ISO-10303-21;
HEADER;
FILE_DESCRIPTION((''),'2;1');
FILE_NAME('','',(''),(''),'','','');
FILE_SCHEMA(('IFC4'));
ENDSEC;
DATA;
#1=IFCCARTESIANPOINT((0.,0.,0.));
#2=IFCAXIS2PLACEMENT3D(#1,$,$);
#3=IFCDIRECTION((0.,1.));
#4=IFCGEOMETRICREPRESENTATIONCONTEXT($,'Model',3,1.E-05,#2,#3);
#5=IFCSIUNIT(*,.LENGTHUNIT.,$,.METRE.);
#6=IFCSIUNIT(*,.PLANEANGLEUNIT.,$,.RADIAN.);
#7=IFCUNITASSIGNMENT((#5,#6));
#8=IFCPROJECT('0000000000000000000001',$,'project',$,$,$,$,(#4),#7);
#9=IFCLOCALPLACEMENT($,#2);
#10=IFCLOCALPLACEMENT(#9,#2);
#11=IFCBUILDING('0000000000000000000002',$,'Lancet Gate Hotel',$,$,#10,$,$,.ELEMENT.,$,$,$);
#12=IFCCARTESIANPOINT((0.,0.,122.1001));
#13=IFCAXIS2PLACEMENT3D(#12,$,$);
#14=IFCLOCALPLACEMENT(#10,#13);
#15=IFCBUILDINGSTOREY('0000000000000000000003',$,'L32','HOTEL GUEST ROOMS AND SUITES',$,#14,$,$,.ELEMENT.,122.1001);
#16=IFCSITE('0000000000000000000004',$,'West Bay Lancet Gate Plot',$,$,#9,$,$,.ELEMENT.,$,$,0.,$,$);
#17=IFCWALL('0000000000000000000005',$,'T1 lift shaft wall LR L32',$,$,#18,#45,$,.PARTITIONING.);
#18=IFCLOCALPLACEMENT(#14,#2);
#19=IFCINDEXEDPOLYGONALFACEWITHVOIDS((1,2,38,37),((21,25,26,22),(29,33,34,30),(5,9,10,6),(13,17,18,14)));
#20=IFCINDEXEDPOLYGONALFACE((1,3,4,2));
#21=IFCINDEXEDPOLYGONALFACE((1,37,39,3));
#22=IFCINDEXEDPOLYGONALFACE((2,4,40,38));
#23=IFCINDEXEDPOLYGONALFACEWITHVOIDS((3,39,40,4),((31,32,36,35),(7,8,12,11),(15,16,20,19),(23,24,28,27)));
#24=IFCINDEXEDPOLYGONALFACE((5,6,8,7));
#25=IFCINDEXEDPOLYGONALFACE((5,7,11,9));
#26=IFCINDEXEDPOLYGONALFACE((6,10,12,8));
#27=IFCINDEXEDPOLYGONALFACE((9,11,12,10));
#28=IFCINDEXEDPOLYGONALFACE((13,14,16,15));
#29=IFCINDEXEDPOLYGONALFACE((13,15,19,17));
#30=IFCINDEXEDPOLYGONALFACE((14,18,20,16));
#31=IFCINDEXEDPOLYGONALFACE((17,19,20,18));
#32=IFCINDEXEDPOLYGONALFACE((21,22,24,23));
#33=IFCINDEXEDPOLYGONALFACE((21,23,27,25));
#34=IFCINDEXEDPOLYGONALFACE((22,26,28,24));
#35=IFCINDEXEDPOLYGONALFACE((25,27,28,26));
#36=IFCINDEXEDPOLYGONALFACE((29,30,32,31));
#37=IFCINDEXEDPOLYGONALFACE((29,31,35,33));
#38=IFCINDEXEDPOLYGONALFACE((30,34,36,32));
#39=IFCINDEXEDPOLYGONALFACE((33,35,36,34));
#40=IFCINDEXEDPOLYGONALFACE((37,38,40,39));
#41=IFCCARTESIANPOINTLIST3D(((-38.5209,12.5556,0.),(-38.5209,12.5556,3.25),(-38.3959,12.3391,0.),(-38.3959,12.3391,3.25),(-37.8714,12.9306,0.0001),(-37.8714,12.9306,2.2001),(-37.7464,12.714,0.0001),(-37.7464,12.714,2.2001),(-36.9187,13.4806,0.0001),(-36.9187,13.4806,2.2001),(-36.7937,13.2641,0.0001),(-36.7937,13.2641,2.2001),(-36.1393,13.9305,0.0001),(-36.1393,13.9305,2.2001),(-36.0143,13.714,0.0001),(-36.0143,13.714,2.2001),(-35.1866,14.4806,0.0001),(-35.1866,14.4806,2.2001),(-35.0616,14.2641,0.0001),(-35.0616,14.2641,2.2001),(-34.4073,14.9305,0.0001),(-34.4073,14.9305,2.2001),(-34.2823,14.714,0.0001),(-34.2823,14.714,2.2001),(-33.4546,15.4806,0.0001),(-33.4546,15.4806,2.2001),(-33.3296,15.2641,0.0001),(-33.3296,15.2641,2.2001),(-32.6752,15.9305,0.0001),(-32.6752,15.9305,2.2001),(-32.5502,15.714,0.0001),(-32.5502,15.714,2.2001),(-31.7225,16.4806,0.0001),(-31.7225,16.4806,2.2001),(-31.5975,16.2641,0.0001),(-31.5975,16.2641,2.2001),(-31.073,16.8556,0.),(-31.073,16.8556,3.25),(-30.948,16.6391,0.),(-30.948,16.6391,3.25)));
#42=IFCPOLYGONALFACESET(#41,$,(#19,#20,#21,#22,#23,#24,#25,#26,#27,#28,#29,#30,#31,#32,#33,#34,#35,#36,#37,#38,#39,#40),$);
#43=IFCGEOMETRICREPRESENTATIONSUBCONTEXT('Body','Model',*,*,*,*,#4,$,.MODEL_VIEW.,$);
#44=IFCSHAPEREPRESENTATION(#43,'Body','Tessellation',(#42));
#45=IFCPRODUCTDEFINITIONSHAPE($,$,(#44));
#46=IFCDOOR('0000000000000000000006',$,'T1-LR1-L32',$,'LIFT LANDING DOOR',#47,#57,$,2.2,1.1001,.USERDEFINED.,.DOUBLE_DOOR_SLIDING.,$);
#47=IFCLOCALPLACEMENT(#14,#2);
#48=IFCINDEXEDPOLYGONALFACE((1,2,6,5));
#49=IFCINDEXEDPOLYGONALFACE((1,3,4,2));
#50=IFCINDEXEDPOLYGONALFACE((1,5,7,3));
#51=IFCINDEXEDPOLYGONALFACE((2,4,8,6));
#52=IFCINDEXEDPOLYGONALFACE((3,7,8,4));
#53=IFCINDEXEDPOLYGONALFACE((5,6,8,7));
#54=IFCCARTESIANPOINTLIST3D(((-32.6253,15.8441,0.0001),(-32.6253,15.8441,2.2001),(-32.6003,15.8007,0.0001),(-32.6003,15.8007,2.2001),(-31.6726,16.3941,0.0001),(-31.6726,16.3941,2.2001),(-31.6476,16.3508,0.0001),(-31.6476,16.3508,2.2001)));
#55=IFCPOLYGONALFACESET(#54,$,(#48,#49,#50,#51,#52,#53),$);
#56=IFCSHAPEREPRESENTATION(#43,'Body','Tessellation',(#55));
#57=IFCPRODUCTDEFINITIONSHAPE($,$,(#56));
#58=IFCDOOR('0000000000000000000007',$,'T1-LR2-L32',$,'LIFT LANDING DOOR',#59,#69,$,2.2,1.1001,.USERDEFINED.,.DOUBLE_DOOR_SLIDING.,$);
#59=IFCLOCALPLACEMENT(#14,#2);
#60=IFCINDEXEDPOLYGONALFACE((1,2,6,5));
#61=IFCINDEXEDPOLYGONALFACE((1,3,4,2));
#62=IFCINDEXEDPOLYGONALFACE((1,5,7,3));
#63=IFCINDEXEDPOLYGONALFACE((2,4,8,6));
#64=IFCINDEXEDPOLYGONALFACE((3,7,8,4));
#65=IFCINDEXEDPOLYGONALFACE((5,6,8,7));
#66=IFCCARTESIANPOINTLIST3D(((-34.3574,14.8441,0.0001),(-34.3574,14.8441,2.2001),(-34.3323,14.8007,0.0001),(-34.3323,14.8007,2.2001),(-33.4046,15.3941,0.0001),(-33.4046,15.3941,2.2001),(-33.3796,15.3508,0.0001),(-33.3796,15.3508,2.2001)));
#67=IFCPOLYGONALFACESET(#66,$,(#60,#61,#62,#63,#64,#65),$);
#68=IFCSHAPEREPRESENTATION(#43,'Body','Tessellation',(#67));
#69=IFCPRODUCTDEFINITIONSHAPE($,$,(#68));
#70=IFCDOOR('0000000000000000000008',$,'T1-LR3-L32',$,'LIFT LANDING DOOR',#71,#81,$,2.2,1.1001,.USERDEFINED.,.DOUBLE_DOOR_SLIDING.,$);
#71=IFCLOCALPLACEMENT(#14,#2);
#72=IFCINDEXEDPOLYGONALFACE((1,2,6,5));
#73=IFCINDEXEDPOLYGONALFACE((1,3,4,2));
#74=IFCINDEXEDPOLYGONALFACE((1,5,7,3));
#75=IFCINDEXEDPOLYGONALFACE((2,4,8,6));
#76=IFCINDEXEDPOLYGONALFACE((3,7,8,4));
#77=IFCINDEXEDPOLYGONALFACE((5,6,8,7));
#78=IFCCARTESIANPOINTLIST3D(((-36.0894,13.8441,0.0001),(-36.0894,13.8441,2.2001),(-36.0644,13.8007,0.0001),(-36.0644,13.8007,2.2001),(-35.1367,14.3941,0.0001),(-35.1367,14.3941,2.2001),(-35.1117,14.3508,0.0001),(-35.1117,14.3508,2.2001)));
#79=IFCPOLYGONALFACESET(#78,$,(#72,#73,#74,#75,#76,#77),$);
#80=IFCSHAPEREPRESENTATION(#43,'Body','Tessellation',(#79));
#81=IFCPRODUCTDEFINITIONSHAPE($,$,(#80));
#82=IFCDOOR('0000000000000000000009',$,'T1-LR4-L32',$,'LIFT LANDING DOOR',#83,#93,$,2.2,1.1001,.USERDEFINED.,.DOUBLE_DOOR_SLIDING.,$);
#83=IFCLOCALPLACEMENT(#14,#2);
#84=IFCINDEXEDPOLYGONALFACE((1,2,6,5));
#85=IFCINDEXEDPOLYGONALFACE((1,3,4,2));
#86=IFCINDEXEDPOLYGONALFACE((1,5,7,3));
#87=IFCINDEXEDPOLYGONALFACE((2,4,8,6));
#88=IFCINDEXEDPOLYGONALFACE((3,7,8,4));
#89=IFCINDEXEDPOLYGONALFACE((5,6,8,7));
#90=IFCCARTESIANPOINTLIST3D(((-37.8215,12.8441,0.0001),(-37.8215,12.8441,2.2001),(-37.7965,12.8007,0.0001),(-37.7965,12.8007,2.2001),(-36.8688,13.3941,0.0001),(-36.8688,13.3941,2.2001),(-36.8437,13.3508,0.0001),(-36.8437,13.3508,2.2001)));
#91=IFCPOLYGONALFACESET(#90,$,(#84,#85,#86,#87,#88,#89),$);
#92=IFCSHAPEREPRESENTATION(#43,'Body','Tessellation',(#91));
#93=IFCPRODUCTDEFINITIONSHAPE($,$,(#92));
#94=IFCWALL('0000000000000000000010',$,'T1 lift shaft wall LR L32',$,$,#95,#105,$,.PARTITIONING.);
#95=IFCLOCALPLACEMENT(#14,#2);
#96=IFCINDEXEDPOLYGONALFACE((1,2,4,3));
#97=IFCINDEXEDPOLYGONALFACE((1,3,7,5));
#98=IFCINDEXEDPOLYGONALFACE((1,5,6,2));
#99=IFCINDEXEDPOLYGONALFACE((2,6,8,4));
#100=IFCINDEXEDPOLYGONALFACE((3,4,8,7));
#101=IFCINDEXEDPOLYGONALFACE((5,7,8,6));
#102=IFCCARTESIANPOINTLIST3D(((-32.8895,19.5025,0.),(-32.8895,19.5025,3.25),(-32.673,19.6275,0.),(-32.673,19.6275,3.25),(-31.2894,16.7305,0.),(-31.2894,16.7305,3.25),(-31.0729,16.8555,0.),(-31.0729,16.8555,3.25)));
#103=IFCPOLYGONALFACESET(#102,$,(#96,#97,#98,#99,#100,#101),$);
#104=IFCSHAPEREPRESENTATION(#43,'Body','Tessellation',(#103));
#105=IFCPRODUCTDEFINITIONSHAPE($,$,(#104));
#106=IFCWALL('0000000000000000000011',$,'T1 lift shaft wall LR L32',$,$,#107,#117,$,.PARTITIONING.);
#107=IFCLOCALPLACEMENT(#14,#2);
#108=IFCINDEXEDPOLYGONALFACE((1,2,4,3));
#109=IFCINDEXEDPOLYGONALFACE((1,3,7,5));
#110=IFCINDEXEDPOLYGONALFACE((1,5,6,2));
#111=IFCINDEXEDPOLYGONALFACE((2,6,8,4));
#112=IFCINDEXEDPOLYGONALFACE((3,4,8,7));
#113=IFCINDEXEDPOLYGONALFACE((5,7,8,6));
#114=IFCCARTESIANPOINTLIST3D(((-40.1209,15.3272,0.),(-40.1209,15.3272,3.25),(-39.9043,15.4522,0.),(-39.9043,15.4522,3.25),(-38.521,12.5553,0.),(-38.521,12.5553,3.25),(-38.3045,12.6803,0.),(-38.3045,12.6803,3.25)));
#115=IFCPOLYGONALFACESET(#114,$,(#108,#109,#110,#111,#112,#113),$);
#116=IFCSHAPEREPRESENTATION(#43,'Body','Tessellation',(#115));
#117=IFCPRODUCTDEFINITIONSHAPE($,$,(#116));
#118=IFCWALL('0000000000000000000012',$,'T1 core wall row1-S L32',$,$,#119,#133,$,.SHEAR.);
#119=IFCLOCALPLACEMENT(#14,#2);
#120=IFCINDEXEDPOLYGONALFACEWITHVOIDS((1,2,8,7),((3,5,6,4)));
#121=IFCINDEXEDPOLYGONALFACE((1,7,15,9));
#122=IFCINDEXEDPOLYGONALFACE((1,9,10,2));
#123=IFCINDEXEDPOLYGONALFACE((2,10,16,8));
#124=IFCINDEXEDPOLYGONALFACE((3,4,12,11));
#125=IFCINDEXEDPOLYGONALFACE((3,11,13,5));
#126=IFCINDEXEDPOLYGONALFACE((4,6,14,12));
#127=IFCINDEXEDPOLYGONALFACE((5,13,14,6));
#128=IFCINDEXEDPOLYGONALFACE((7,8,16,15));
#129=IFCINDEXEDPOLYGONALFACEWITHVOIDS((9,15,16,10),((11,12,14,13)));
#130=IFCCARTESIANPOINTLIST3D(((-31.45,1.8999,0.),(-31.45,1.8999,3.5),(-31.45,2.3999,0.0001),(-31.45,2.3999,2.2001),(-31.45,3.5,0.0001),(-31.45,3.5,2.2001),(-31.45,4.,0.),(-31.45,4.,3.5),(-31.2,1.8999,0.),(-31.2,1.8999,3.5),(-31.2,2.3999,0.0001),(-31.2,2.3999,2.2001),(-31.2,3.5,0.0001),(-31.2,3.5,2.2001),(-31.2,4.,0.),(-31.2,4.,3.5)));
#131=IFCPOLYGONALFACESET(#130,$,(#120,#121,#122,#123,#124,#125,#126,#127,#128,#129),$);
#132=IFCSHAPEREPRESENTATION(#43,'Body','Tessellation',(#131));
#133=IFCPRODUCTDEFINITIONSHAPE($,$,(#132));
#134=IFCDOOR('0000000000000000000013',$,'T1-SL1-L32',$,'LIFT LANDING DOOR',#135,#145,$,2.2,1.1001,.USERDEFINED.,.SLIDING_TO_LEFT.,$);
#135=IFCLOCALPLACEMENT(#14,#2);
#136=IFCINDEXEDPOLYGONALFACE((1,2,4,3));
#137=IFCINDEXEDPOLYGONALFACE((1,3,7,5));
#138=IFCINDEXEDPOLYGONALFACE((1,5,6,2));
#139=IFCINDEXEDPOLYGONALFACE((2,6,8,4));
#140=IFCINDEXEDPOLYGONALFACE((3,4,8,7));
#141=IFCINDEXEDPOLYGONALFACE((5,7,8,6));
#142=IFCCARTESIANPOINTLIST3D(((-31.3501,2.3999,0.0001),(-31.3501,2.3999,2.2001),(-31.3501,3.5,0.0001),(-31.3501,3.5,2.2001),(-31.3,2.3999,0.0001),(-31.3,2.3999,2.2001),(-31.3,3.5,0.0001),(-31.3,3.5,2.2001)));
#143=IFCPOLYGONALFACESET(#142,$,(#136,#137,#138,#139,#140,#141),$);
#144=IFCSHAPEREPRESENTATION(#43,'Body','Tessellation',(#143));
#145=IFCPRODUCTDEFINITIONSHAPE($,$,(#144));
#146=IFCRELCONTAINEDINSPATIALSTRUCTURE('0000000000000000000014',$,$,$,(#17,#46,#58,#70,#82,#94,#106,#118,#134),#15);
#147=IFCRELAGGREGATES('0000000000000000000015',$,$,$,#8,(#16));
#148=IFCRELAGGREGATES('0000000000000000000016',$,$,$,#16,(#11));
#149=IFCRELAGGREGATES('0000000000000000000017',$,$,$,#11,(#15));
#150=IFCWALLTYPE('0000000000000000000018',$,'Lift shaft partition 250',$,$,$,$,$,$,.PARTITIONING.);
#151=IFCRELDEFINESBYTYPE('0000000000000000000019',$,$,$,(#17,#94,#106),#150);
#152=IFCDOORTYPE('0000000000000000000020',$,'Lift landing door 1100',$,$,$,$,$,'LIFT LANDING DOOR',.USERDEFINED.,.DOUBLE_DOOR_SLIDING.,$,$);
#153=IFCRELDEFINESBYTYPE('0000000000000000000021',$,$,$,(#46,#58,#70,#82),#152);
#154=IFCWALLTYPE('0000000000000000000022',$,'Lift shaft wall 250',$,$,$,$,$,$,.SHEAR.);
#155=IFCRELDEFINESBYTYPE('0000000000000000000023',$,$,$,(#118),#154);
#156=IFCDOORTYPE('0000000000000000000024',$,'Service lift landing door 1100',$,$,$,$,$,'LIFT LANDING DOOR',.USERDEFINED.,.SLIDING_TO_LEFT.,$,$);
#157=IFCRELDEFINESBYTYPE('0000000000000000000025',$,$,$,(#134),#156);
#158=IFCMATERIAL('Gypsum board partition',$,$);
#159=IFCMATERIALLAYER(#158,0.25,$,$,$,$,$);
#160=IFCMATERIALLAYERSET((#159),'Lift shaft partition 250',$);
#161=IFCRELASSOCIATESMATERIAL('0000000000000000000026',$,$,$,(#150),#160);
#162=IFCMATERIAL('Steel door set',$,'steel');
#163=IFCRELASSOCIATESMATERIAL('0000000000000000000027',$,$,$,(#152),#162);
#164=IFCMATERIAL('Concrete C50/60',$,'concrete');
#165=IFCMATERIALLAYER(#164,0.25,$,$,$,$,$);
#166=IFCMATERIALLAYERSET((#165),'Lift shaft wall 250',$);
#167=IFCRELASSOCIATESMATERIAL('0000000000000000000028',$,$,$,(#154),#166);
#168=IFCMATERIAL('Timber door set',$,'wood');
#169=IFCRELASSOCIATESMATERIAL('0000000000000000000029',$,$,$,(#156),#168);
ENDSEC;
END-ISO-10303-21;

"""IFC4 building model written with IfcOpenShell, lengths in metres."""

from ifc_helpers import new_model, si_unit, direction, frame, frame_2d, origin, place, context, subcontext, project, spatial, rectangle, extrude, material, layer, layer_set, type_object, element, fill, save


model = new_model("IFC4")

# Units and contexts
model_context = context("Model", 3, precision=1e-05, world=origin(), true_north=direction((0.0, 1.0)))
body_context = subcontext(model_context, "Body", "Model", "MODEL_VIEW")
ifc_project = project(units=[si_unit("LENGTHUNIT", "METRE"), si_unit("PLANEANGLEUNIT", "RADIAN")], contexts=[model_context])

# Site, building, storey
site_placement = place(None, origin())
site = spatial("IfcSite", under=ifc_project, at=site_placement, Name="West Bay Lancet Gate Plot", CompositionType="ELEMENT", RefElevation=0.0)
building_placement = place(site_placement, origin())
building = spatial("IfcBuilding", under=site, at=building_placement, Name="Lancet Gate Hotel", CompositionType="ELEMENT")
storey_placement = place(building_placement, frame((0.0, 0.0, 122.1001)))
storey = spatial("IfcBuildingStorey", under=building, at=storey_placement, Name="L32", Description="HOTEL GUEST ROOMS AND SUITES", CompositionType="ELEMENT", Elevation=122.1001)

# Wall, openings, doors
ifc_material_1 = material(Name="Gypsum board partition")
ifc_layer_1 = layer(ifc_material_1, 0.25)
ifc_layer_set_1 = layer_set([ifc_layer_1], Name="Lift shaft partition 250")
wall_type_1 = type_object("IfcWallType", Name="Lift shaft partition 250", PredefinedType="PARTITIONING", material=ifc_layer_set_1)
wall_1_placement = place(storey_placement, frame((-31.0105, 16.7473, 0.0), z_axis=(0.0, 0.0, 1.0), x_axis=(-0.866028, -0.499995, 0.0)))
wall_1 = element("IfcWall", 1, at=wall_1_placement, inside=storey, type_object=wall_type_1, Name="T1 lift shaft wall LR L32", PredefinedType="PARTITIONING", context=body_context, shape_type="SweptSolid", body=[
    extrude(rectangle(XDim=8.6001, YDim=0.25, at=frame_2d((4.3, 0.0))), origin(), (0.0, 0.0, 1.0), 3.25),
])
opening_1_placement = place(wall_1_placement, frame((0.75, 0.0, 0.0)))
opening_1 = element("IfcOpeningElement", 2, at=opening_1_placement, cuts=wall_1, PredefinedType="OPENING", context=body_context, shape_type="SweptSolid", body=[
    extrude(rectangle(XDim=1.1001, YDim=2.2, at=frame_2d((0.55, 1.1001))), frame((0.0, 0.135, 0.0), z_axis=(0.0, -1.0, 0.0), x_axis=(1.0, 0.0, 0.0)), (0.0, 0.0, 1.0), 0.27),
])
opening_2_placement = place(wall_1_placement, frame((2.75, 0.0, 0.0)))
opening_2 = element("IfcOpeningElement", 3, at=opening_2_placement, cuts=wall_1, PredefinedType="OPENING", context=body_context, shape_type="SweptSolid", body=[
    extrude(rectangle(XDim=1.1001, YDim=2.2, at=frame_2d((0.55, 1.1001))), frame((0.0, 0.135, 0.0), z_axis=(0.0, -1.0, 0.0), x_axis=(1.0, 0.0, 0.0)), (0.0, 0.0, 1.0), 0.27),
])
opening_3_placement = place(wall_1_placement, frame((4.75, 0.0, 0.0)))
opening_3 = element("IfcOpeningElement", 4, at=opening_3_placement, cuts=wall_1, PredefinedType="OPENING", context=body_context, shape_type="SweptSolid", body=[
    extrude(rectangle(XDim=1.1001, YDim=2.2, at=frame_2d((0.55, 1.1001))), frame((0.0, 0.135, 0.0), z_axis=(0.0, -1.0, 0.0), x_axis=(1.0, 0.0, 0.0)), (0.0, 0.0, 1.0), 0.27),
])
opening_4_placement = place(wall_1_placement, frame((6.75, 0.0, 0.0)))
opening_4 = element("IfcOpeningElement", 5, at=opening_4_placement, cuts=wall_1, PredefinedType="OPENING", context=body_context, shape_type="SweptSolid", body=[
    extrude(rectangle(XDim=1.1001, YDim=2.2, at=frame_2d((0.55, 1.1001))), frame((0.0, 0.135, 0.0), z_axis=(0.0, -1.0, 0.0), x_axis=(1.0, 0.0, 0.0)), (0.0, 0.0, 1.0), 0.27),
])
ifc_material_2 = material(Name="Steel door set", Category="steel")
door_type_1 = type_object("IfcDoorType", Name="Lift landing door 1100", ElementType="LIFT LANDING DOOR", OperationType="DOUBLE_DOOR_SLIDING", PredefinedType="USERDEFINED", material=ifc_material_2)
door_1_placement = place(opening_1_placement, origin())
door_1 = element("IfcDoor", 6, at=door_1_placement, inside=storey, type_object=door_type_1, Name="T1-LR1-L32", ObjectType="LIFT LANDING DOOR", OperationType="DOUBLE_DOOR_SLIDING", OverallHeight=2.2, OverallWidth=1.1001, PredefinedType="USERDEFINED", context=body_context, shape_type="SweptSolid", body=[
    extrude(rectangle(XDim=1.1001, YDim=2.2, at=frame_2d((0.55, 1.1001))), frame((0.0, 0.0249, 0.0), z_axis=(0.0, -1.0, 0.0), x_axis=(1.0, 0.0, 0.0)), (0.0, 0.0, 1.0), 0.05),
])
fill(opening_1, door_1)
door_2_placement = place(opening_2_placement, origin())
door_2 = element("IfcDoor", 7, at=door_2_placement, inside=storey, type_object=door_type_1, Name="T1-LR2-L32", ObjectType="LIFT LANDING DOOR", OperationType="DOUBLE_DOOR_SLIDING", OverallHeight=2.2, OverallWidth=1.1001, PredefinedType="USERDEFINED", context=body_context, shape_type="SweptSolid", body=[
    extrude(rectangle(XDim=1.1001, YDim=2.2, at=frame_2d((0.55, 1.1001))), frame((0.0, 0.0249, 0.0), z_axis=(0.0, -1.0, 0.0), x_axis=(1.0, 0.0, 0.0)), (0.0, 0.0, 1.0), 0.05),
])
fill(opening_2, door_2)
door_3_placement = place(opening_3_placement, origin())
door_3 = element("IfcDoor", 8, at=door_3_placement, inside=storey, type_object=door_type_1, Name="T1-LR3-L32", ObjectType="LIFT LANDING DOOR", OperationType="DOUBLE_DOOR_SLIDING", OverallHeight=2.2, OverallWidth=1.1001, PredefinedType="USERDEFINED", context=body_context, shape_type="SweptSolid", body=[
    extrude(rectangle(XDim=1.1001, YDim=2.2, at=frame_2d((0.55, 1.1001))), frame((0.0, 0.0249, 0.0), z_axis=(0.0, -1.0, 0.0), x_axis=(1.0, 0.0, 0.0)), (0.0, 0.0, 1.0), 0.05),
])
fill(opening_3, door_3)
door_4_placement = place(opening_4_placement, origin())
door_4 = element("IfcDoor", 9, at=door_4_placement, inside=storey, type_object=door_type_1, Name="T1-LR4-L32", ObjectType="LIFT LANDING DOOR", OperationType="DOUBLE_DOOR_SLIDING", OverallHeight=2.2, OverallWidth=1.1001, PredefinedType="USERDEFINED", context=body_context, shape_type="SweptSolid", body=[
    extrude(rectangle(XDim=1.1001, YDim=2.2, at=frame_2d((0.55, 1.1001))), frame((0.0, 0.0249, 0.0), z_axis=(0.0, -1.0, 0.0), x_axis=(1.0, 0.0, 0.0)), (0.0, 0.0, 1.0), 0.05),
])
fill(opening_4, door_4)

# Walls
wall_2_placement = place(storey_placement, frame((-31.1812, 16.793, 0.0), z_axis=(0.0, 0.0, 1.0), x_axis=(-0.499929, 0.866066, 0.0)))
element("IfcWall", 10, at=wall_2_placement, inside=storey, type_object=wall_type_1, Name="T1 lift shaft wall LR L32", PredefinedType="PARTITIONING", context=body_context, shape_type="SweptSolid", body=[
    extrude(rectangle(XDim=3.2007, YDim=0.25, at=frame_2d((1.6003, 0.0))), origin(), (0.0, 0.0, 1.0), 3.25),
])
wall_3_placement = place(storey_placement, frame((-38.4128, 12.6179, 0.0), z_axis=(0.0, 0.0, 1.0), x_axis=(-0.499872, 0.866099, 0.0)))
element("IfcWall", 11, at=wall_3_placement, inside=storey, type_object=wall_type_1, Name="T1 lift shaft wall LR L32", PredefinedType="PARTITIONING", context=body_context, shape_type="SweptSolid", body=[
    extrude(rectangle(XDim=3.2004, YDim=0.25, at=frame_2d((1.6001, 0.0))), origin(), (0.0, 0.0, 1.0), 3.25),
])

# Wall, opening, door
ifc_material_3 = material(Name="Concrete C50/60", Category="concrete")
ifc_layer_2 = layer(ifc_material_3, 0.25)
ifc_layer_set_2 = layer_set([ifc_layer_2], Name="Lift shaft wall 250")
wall_type_2 = type_object("IfcWallType", Name="Lift shaft wall 250", PredefinedType="SHEAR", material=ifc_layer_set_2)
wall_4_placement = place(storey_placement, frame((-31.325, 4.0, 0.0), z_axis=(0.0, 0.0, 1.0), x_axis=(0.0, -1.0, 0.0)))
wall_4 = element("IfcWall", 12, at=wall_4_placement, inside=storey, type_object=wall_type_2, Name="T1 core wall row1-S L32", PredefinedType="SHEAR", context=body_context, shape_type="SweptSolid", body=[
    extrude(rectangle(XDim=2.1001, YDim=0.25, at=frame_2d((1.05, 0.0))), origin(), (0.0, 0.0, 1.0), 3.5),
])
opening_5_placement = place(wall_4_placement, frame((0.5, 0.0, 0.0)))
opening_5 = element("IfcOpeningElement", 13, at=opening_5_placement, cuts=wall_4, PredefinedType="OPENING", context=body_context, shape_type="SweptSolid", body=[
    extrude(rectangle(XDim=1.1001, YDim=2.2, at=frame_2d((0.55, 1.1001))), frame((0.0, 0.135, 0.0), z_axis=(0.0, -1.0, 0.0), x_axis=(1.0, 0.0, 0.0)), (0.0, 0.0, 1.0), 0.27),
])
ifc_material_4 = material(Name="Timber door set", Category="wood")
door_type_2 = type_object("IfcDoorType", Name="Service lift landing door 1100", ElementType="LIFT LANDING DOOR", OperationType="SLIDING_TO_LEFT", PredefinedType="USERDEFINED", material=ifc_material_4)
door_5_placement = place(opening_5_placement, origin())
door_5 = element("IfcDoor", 14, at=door_5_placement, inside=storey, type_object=door_type_2, Name="T1-SL1-L32", ObjectType="LIFT LANDING DOOR", OperationType="SLIDING_TO_LEFT", OverallHeight=2.2, OverallWidth=1.1001, PredefinedType="USERDEFINED", context=body_context, shape_type="SweptSolid", body=[
    extrude(rectangle(XDim=1.1001, YDim=2.2, at=frame_2d((0.55, 1.1001))), frame((0.0, 0.0249, 0.0), z_axis=(0.0, -1.0, 0.0), x_axis=(1.0, 0.0, 0.0)), (0.0, 0.0, 1.0), 0.05),
])
fill(opening_5, door_5)

save(model, "model.ifc")
